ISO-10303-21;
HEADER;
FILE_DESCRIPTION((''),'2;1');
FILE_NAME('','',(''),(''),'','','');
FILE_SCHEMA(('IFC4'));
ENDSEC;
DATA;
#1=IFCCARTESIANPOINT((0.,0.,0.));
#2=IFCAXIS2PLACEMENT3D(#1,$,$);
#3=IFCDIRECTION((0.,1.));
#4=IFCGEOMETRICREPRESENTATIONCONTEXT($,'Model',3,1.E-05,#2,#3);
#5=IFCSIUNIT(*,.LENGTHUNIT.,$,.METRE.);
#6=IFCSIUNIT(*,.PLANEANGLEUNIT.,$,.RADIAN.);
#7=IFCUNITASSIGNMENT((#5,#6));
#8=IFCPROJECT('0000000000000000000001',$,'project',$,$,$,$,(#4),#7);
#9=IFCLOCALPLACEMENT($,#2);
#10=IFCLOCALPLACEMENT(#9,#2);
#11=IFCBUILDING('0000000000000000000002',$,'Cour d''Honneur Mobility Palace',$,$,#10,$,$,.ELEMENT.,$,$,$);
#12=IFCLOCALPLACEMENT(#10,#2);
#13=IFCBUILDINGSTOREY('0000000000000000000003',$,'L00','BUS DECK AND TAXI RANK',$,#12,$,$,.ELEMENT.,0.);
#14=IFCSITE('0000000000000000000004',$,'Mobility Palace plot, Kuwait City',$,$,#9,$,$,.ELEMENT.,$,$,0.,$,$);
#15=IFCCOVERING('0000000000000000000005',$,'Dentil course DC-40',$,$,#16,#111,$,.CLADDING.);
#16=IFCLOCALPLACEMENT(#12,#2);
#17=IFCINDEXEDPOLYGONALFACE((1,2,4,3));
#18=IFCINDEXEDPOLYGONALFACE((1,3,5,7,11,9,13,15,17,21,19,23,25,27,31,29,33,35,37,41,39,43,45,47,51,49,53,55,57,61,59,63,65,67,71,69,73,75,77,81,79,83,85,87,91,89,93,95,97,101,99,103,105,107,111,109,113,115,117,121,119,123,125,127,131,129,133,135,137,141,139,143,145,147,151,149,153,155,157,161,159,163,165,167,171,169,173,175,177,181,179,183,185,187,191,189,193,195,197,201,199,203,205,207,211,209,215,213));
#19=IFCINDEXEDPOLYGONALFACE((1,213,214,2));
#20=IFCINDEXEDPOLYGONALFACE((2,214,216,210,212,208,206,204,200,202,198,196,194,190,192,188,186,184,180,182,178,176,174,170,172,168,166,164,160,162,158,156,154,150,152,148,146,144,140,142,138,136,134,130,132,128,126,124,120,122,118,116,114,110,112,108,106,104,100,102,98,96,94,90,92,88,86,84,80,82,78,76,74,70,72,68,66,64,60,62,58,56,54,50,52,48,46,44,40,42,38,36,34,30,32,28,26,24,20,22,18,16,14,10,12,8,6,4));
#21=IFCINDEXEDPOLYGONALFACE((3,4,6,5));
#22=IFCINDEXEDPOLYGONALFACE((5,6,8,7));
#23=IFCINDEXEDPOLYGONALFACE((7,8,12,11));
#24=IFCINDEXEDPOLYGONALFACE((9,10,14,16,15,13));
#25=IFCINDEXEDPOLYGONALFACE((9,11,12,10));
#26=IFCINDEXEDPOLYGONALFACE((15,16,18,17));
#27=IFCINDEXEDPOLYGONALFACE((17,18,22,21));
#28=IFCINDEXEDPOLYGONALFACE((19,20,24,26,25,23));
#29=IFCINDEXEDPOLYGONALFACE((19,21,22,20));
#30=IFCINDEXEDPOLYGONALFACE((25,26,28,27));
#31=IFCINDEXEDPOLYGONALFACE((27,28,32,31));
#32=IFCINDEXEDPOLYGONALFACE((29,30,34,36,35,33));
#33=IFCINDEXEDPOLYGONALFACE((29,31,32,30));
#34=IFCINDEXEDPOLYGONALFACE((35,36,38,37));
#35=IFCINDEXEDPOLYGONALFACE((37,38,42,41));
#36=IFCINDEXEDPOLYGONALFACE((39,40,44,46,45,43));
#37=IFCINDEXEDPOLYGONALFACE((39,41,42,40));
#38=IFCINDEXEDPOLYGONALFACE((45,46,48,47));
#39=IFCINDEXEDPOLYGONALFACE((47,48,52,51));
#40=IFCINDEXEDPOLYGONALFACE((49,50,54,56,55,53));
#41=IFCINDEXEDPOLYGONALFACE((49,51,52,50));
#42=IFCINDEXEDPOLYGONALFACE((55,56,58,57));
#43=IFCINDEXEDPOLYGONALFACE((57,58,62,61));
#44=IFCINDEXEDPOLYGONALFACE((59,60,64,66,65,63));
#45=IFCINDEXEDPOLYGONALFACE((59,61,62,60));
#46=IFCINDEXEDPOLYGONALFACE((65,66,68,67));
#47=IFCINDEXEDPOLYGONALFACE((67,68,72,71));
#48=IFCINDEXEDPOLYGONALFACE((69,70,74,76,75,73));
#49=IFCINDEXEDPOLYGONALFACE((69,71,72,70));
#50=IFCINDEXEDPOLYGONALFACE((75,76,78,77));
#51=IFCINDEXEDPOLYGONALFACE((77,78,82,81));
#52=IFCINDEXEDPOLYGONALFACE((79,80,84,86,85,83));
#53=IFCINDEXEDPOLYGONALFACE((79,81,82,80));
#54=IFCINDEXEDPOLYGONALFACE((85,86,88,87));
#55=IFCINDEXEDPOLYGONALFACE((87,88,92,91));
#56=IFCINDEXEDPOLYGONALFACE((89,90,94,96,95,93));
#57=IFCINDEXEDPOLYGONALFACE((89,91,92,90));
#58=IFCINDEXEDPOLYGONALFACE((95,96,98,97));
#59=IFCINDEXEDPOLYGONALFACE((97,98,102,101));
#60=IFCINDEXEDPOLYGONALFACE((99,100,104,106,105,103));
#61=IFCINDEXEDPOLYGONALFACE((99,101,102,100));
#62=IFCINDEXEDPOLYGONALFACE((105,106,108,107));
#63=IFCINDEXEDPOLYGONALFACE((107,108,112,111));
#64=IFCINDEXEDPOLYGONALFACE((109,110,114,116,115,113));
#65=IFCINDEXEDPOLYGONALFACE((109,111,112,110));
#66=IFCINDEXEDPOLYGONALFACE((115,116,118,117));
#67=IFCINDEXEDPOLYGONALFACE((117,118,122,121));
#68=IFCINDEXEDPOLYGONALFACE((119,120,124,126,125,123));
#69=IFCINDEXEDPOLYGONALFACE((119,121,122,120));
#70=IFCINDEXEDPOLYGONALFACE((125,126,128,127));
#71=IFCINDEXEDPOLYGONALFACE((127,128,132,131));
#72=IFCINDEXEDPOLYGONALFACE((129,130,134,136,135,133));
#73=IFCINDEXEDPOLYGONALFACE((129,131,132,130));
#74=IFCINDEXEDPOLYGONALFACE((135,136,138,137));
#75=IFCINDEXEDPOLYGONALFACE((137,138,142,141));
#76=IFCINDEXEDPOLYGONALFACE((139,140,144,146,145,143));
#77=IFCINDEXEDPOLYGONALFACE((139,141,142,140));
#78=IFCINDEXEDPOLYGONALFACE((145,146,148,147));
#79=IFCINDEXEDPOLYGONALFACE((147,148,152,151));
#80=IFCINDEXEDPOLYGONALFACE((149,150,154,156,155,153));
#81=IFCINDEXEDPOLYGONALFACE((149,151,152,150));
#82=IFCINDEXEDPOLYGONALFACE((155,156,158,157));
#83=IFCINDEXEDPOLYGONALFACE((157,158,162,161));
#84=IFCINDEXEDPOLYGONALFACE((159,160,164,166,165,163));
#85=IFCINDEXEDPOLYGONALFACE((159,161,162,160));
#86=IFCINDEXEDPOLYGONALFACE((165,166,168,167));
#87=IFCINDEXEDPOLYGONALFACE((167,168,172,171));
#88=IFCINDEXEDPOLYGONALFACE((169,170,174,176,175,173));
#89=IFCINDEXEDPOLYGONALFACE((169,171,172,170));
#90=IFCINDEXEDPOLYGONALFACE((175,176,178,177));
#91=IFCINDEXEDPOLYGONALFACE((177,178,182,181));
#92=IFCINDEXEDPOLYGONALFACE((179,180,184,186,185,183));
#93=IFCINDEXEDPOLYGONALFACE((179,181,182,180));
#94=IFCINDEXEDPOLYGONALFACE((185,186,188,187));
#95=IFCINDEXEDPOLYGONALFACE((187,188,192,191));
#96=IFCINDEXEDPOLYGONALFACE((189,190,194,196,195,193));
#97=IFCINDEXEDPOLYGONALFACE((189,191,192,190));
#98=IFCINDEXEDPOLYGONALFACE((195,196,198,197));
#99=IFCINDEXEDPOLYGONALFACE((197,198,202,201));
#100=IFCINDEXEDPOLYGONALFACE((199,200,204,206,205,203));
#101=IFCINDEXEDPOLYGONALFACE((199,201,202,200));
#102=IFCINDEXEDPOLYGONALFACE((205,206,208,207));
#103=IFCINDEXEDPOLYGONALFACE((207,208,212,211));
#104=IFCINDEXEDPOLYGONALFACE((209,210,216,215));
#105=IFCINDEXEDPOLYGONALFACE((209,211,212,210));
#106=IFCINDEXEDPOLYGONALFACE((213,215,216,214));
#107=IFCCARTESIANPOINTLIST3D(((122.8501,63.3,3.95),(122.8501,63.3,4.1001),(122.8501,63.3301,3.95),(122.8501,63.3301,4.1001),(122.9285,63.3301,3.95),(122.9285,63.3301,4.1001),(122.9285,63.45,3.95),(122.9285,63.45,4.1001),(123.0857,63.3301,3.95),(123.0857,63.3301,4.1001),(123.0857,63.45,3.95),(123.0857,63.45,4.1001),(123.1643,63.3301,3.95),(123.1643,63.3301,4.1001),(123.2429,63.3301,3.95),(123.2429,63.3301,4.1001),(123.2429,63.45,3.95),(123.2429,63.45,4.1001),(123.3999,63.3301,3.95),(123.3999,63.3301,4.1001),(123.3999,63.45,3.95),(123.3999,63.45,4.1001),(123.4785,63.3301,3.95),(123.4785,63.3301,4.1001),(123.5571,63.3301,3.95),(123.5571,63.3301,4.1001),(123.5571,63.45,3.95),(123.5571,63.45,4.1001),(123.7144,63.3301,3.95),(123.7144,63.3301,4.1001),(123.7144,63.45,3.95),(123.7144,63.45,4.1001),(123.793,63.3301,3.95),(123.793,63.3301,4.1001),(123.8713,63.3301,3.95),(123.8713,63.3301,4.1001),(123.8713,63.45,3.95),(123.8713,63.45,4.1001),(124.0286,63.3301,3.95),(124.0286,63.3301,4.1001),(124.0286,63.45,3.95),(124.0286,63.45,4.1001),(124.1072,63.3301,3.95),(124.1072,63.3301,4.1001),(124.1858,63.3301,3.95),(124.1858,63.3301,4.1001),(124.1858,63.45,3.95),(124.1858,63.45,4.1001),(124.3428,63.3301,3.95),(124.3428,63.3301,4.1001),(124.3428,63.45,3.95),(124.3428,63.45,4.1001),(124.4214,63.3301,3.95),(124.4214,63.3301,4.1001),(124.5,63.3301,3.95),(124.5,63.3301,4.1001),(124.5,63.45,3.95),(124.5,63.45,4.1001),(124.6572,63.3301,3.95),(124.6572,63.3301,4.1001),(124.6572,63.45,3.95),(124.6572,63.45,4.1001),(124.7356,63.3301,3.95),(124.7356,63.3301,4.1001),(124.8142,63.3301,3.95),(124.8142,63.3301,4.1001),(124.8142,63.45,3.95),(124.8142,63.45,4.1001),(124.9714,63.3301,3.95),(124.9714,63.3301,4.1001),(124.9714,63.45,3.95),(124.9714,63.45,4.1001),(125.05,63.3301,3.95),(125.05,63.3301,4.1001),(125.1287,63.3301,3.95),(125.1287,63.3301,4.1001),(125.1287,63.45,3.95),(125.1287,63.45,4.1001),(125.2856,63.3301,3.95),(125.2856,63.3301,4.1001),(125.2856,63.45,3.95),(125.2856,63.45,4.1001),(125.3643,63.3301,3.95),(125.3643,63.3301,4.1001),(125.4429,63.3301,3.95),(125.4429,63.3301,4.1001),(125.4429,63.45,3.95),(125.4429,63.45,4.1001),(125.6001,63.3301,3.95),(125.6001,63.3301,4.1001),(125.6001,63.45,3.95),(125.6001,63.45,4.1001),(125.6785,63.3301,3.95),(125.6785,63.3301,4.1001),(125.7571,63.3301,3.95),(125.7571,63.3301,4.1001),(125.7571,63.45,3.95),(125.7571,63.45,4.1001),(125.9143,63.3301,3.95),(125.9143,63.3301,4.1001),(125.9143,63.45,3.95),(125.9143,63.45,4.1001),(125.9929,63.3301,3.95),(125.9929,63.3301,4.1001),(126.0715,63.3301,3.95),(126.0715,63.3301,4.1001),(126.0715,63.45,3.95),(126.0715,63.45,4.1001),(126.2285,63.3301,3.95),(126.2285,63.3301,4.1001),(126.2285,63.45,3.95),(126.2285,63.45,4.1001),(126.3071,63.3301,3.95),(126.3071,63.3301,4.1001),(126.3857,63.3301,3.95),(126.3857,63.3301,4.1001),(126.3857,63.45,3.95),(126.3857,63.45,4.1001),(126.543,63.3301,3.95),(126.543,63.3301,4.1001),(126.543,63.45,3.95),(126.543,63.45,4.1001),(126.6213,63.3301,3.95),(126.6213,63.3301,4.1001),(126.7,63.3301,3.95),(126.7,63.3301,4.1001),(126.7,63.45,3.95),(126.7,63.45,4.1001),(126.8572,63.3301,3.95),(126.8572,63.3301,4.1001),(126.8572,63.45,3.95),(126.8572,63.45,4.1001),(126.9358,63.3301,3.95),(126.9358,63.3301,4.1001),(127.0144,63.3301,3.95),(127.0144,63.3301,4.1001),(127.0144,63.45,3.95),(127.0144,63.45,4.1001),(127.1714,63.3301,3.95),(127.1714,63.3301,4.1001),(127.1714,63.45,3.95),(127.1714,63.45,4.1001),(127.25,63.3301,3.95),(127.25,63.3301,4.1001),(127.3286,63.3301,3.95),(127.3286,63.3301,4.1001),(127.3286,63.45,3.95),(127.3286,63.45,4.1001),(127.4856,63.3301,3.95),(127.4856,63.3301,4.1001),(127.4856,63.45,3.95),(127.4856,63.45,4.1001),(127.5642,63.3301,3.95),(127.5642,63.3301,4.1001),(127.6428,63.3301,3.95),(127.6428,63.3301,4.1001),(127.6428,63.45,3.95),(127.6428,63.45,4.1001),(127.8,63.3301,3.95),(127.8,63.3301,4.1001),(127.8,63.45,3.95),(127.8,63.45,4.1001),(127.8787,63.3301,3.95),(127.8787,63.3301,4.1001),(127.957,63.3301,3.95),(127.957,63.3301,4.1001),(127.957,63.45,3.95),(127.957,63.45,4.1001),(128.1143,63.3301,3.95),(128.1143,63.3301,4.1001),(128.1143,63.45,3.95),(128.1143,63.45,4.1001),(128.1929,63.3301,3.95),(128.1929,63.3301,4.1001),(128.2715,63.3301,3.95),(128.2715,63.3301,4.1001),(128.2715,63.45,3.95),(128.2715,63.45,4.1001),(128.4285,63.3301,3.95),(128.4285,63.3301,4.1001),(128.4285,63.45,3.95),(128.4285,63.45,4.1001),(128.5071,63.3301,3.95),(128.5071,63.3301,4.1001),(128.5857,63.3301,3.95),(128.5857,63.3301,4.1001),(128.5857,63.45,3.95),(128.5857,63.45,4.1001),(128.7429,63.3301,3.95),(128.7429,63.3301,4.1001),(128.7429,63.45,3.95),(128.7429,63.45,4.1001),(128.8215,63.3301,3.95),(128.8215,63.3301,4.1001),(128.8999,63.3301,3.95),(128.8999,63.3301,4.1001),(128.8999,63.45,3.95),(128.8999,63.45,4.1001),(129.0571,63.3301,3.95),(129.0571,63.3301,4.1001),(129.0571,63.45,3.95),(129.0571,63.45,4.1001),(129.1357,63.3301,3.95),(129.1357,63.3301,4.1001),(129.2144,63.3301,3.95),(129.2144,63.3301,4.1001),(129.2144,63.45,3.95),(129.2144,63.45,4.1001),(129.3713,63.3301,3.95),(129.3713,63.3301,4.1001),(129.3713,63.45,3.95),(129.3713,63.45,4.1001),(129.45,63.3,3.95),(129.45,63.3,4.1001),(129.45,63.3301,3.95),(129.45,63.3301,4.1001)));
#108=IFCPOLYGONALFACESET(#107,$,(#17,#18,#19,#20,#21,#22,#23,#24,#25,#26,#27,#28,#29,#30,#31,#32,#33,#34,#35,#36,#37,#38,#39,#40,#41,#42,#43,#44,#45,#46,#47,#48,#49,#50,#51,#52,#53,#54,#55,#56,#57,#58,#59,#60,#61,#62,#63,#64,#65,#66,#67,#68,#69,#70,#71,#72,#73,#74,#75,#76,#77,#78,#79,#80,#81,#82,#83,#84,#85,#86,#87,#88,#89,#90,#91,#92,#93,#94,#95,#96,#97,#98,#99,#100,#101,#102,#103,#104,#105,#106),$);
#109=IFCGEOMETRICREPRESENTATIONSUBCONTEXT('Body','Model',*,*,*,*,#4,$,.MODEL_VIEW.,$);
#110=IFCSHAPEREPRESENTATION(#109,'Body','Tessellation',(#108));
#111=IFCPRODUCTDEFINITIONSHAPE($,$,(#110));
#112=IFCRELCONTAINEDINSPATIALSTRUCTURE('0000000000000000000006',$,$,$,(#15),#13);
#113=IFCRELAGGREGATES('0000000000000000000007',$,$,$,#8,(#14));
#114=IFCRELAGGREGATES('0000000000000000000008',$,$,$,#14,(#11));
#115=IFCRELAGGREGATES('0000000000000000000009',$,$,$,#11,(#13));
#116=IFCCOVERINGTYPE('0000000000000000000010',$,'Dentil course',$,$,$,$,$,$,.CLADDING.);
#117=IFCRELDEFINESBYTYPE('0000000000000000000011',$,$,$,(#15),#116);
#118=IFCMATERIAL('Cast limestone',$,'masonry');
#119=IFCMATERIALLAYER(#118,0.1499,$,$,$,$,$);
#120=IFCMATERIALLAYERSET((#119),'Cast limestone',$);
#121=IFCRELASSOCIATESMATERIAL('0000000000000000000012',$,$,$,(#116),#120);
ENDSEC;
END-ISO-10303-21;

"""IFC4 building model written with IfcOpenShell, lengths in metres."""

from ifc_helpers import new_model, si_unit, direction, frame, origin, place, context, subcontext, project, spatial, polyline, outline, extrude, material, layer, layer_set, type_object, element, save


model = new_model("IFC4")

# Units and contexts
model_context = context("Model", 3, precision=1e-05, world=origin(), true_north=direction((0.0, 1.0)))
body_context = subcontext(model_context, "Body", "Model", "MODEL_VIEW")
ifc_project = project(units=[si_unit("LENGTHUNIT", "METRE"), si_unit("PLANEANGLEUNIT", "RADIAN")], contexts=[model_context])

# Site, building, storey
site_placement = place(None, origin())
site = spatial("IfcSite", under=ifc_project, at=site_placement, Name="Mobility Palace plot, Kuwait City", CompositionType="ELEMENT", RefElevation=0.0)
building_placement = place(site_placement, origin())
building = spatial("IfcBuilding", under=site, at=building_placement, Name="Cour d'Honneur Mobility Palace", CompositionType="ELEMENT")
storey_placement = place(building_placement, origin())
storey = spatial("IfcBuildingStorey", under=building, at=storey_placement, Name="L00", Description="BUS DECK AND TAXI RANK", CompositionType="ELEMENT", Elevation=0.0)

# Covering
ifc_material = material(Name="Cast limestone", Category="masonry")
ifc_layer = layer(ifc_material, 0.1499)
ifc_layer_set = layer_set([ifc_layer], Name="Cast limestone")
covering_type = type_object("IfcCoveringType", Name="Dentil course", PredefinedType="CLADDING", material=ifc_layer_set)
covering_1_placement = place(storey_placement, frame((0.0, 0.0, 3.95)))
element("IfcCovering", 1, at=covering_1_placement, inside=storey, type_object=covering_type, Name="Dentil course DC-40", PredefinedType="CLADDING", context=body_context, shape_type="SweptSolid", body=[
    extrude(outline(polyline([(129.45, 63.3), (122.8501, 63.3), (122.8501, 63.3301), (122.8501, 63.3301), (122.9285, 63.3301), (122.9285, 63.45), (123.0857, 63.45), (123.0857, 63.3301), (123.1643, 63.3301), (123.1643, 63.3301), (123.2429, 63.3301), (123.2429, 63.45), (123.3999, 63.45), (123.3999, 63.3301), (123.4785, 63.3301), (123.4785, 63.3301), (123.5571, 63.3301), (123.5571, 63.45), (123.7144, 63.45), (123.7144, 63.3301), (123.793, 63.3301), (123.793, 63.3301), (123.8713, 63.3301), (123.8713, 63.45), (124.0286, 63.45), (124.0286, 63.3301), (124.1072, 63.3301), (124.1072, 63.3301), (124.1858, 63.3301), (124.1858, 63.45), (124.3428, 63.45), (124.3428, 63.3301), (124.4214, 63.3301), (124.4214, 63.3301), (124.5, 63.3301), (124.5, 63.45), (124.6572, 63.45), (124.6572, 63.3301), (124.7356, 63.3301), (124.7356, 63.3301), (124.8142, 63.3301), (124.8142, 63.45), (124.9714, 63.45), (124.9714, 63.3301), (125.05, 63.3301), (125.05, 63.3301), (125.1287, 63.3301), (125.1287, 63.45), (125.2856, 63.45), (125.2856, 63.3301), (125.3643, 63.3301), (125.3643, 63.3301), (125.4429, 63.3301), (125.4429, 63.45), (125.6001, 63.45), (125.6001, 63.3301), (125.6785, 63.3301), (125.6785, 63.3301), (125.7571, 63.3301), (125.7571, 63.45), (125.9143, 63.45), (125.9143, 63.3301), (125.9929, 63.3301), (125.9929, 63.3301), (126.0715, 63.3301), (126.0715, 63.45), (126.2285, 63.45), (126.2285, 63.3301), (126.3071, 63.3301), (126.3071, 63.3301), (126.3857, 63.3301), (126.3857, 63.45), (126.543, 63.45), (126.543, 63.3301), (126.6213, 63.3301), (126.6213, 63.3301), (126.7, 63.3301), (126.7, 63.45), (126.8572, 63.45), (126.8572, 63.3301), (126.9358, 63.3301), (126.9358, 63.3301), (127.0144, 63.3301), (127.0144, 63.45), (127.1714, 63.45), (127.1714, 63.3301), (127.25, 63.3301), (127.25, 63.3301), (127.3286, 63.3301), (127.3286, 63.45), (127.4856, 63.45), (127.4856, 63.3301), (127.5642, 63.3301), (127.5642, 63.3301), (127.6428, 63.3301), (127.6428, 63.45), (127.8, 63.45), (127.8, 63.3301), (127.8787, 63.3301), (127.8787, 63.3301), (127.957, 63.3301), (127.957, 63.45), (128.1143, 63.45), (128.1143, 63.3301), (128.1929, 63.3301), (128.1929, 63.3301), (128.2715, 63.3301), (128.2715, 63.45), (128.4285, 63.45), (128.4285, 63.3301), (128.5071, 63.3301), (128.5071, 63.3301), (128.5857, 63.3301), (128.5857, 63.45), (128.7429, 63.45), (128.7429, 63.3301), (128.8215, 63.3301), (128.8215, 63.3301), (128.8999, 63.3301), (128.8999, 63.45), (129.0571, 63.45), (129.0571, 63.3301), (129.1357, 63.3301), (129.1357, 63.3301), (129.2144, 63.3301), (129.2144, 63.45), (129.3713, 63.45), (129.3713, 63.3301), (129.45, 63.3301), (129.45, 63.3)])), origin(), (0.0, 0.0, 1.0), 0.1501),
])

save(model, "model.ifc")
